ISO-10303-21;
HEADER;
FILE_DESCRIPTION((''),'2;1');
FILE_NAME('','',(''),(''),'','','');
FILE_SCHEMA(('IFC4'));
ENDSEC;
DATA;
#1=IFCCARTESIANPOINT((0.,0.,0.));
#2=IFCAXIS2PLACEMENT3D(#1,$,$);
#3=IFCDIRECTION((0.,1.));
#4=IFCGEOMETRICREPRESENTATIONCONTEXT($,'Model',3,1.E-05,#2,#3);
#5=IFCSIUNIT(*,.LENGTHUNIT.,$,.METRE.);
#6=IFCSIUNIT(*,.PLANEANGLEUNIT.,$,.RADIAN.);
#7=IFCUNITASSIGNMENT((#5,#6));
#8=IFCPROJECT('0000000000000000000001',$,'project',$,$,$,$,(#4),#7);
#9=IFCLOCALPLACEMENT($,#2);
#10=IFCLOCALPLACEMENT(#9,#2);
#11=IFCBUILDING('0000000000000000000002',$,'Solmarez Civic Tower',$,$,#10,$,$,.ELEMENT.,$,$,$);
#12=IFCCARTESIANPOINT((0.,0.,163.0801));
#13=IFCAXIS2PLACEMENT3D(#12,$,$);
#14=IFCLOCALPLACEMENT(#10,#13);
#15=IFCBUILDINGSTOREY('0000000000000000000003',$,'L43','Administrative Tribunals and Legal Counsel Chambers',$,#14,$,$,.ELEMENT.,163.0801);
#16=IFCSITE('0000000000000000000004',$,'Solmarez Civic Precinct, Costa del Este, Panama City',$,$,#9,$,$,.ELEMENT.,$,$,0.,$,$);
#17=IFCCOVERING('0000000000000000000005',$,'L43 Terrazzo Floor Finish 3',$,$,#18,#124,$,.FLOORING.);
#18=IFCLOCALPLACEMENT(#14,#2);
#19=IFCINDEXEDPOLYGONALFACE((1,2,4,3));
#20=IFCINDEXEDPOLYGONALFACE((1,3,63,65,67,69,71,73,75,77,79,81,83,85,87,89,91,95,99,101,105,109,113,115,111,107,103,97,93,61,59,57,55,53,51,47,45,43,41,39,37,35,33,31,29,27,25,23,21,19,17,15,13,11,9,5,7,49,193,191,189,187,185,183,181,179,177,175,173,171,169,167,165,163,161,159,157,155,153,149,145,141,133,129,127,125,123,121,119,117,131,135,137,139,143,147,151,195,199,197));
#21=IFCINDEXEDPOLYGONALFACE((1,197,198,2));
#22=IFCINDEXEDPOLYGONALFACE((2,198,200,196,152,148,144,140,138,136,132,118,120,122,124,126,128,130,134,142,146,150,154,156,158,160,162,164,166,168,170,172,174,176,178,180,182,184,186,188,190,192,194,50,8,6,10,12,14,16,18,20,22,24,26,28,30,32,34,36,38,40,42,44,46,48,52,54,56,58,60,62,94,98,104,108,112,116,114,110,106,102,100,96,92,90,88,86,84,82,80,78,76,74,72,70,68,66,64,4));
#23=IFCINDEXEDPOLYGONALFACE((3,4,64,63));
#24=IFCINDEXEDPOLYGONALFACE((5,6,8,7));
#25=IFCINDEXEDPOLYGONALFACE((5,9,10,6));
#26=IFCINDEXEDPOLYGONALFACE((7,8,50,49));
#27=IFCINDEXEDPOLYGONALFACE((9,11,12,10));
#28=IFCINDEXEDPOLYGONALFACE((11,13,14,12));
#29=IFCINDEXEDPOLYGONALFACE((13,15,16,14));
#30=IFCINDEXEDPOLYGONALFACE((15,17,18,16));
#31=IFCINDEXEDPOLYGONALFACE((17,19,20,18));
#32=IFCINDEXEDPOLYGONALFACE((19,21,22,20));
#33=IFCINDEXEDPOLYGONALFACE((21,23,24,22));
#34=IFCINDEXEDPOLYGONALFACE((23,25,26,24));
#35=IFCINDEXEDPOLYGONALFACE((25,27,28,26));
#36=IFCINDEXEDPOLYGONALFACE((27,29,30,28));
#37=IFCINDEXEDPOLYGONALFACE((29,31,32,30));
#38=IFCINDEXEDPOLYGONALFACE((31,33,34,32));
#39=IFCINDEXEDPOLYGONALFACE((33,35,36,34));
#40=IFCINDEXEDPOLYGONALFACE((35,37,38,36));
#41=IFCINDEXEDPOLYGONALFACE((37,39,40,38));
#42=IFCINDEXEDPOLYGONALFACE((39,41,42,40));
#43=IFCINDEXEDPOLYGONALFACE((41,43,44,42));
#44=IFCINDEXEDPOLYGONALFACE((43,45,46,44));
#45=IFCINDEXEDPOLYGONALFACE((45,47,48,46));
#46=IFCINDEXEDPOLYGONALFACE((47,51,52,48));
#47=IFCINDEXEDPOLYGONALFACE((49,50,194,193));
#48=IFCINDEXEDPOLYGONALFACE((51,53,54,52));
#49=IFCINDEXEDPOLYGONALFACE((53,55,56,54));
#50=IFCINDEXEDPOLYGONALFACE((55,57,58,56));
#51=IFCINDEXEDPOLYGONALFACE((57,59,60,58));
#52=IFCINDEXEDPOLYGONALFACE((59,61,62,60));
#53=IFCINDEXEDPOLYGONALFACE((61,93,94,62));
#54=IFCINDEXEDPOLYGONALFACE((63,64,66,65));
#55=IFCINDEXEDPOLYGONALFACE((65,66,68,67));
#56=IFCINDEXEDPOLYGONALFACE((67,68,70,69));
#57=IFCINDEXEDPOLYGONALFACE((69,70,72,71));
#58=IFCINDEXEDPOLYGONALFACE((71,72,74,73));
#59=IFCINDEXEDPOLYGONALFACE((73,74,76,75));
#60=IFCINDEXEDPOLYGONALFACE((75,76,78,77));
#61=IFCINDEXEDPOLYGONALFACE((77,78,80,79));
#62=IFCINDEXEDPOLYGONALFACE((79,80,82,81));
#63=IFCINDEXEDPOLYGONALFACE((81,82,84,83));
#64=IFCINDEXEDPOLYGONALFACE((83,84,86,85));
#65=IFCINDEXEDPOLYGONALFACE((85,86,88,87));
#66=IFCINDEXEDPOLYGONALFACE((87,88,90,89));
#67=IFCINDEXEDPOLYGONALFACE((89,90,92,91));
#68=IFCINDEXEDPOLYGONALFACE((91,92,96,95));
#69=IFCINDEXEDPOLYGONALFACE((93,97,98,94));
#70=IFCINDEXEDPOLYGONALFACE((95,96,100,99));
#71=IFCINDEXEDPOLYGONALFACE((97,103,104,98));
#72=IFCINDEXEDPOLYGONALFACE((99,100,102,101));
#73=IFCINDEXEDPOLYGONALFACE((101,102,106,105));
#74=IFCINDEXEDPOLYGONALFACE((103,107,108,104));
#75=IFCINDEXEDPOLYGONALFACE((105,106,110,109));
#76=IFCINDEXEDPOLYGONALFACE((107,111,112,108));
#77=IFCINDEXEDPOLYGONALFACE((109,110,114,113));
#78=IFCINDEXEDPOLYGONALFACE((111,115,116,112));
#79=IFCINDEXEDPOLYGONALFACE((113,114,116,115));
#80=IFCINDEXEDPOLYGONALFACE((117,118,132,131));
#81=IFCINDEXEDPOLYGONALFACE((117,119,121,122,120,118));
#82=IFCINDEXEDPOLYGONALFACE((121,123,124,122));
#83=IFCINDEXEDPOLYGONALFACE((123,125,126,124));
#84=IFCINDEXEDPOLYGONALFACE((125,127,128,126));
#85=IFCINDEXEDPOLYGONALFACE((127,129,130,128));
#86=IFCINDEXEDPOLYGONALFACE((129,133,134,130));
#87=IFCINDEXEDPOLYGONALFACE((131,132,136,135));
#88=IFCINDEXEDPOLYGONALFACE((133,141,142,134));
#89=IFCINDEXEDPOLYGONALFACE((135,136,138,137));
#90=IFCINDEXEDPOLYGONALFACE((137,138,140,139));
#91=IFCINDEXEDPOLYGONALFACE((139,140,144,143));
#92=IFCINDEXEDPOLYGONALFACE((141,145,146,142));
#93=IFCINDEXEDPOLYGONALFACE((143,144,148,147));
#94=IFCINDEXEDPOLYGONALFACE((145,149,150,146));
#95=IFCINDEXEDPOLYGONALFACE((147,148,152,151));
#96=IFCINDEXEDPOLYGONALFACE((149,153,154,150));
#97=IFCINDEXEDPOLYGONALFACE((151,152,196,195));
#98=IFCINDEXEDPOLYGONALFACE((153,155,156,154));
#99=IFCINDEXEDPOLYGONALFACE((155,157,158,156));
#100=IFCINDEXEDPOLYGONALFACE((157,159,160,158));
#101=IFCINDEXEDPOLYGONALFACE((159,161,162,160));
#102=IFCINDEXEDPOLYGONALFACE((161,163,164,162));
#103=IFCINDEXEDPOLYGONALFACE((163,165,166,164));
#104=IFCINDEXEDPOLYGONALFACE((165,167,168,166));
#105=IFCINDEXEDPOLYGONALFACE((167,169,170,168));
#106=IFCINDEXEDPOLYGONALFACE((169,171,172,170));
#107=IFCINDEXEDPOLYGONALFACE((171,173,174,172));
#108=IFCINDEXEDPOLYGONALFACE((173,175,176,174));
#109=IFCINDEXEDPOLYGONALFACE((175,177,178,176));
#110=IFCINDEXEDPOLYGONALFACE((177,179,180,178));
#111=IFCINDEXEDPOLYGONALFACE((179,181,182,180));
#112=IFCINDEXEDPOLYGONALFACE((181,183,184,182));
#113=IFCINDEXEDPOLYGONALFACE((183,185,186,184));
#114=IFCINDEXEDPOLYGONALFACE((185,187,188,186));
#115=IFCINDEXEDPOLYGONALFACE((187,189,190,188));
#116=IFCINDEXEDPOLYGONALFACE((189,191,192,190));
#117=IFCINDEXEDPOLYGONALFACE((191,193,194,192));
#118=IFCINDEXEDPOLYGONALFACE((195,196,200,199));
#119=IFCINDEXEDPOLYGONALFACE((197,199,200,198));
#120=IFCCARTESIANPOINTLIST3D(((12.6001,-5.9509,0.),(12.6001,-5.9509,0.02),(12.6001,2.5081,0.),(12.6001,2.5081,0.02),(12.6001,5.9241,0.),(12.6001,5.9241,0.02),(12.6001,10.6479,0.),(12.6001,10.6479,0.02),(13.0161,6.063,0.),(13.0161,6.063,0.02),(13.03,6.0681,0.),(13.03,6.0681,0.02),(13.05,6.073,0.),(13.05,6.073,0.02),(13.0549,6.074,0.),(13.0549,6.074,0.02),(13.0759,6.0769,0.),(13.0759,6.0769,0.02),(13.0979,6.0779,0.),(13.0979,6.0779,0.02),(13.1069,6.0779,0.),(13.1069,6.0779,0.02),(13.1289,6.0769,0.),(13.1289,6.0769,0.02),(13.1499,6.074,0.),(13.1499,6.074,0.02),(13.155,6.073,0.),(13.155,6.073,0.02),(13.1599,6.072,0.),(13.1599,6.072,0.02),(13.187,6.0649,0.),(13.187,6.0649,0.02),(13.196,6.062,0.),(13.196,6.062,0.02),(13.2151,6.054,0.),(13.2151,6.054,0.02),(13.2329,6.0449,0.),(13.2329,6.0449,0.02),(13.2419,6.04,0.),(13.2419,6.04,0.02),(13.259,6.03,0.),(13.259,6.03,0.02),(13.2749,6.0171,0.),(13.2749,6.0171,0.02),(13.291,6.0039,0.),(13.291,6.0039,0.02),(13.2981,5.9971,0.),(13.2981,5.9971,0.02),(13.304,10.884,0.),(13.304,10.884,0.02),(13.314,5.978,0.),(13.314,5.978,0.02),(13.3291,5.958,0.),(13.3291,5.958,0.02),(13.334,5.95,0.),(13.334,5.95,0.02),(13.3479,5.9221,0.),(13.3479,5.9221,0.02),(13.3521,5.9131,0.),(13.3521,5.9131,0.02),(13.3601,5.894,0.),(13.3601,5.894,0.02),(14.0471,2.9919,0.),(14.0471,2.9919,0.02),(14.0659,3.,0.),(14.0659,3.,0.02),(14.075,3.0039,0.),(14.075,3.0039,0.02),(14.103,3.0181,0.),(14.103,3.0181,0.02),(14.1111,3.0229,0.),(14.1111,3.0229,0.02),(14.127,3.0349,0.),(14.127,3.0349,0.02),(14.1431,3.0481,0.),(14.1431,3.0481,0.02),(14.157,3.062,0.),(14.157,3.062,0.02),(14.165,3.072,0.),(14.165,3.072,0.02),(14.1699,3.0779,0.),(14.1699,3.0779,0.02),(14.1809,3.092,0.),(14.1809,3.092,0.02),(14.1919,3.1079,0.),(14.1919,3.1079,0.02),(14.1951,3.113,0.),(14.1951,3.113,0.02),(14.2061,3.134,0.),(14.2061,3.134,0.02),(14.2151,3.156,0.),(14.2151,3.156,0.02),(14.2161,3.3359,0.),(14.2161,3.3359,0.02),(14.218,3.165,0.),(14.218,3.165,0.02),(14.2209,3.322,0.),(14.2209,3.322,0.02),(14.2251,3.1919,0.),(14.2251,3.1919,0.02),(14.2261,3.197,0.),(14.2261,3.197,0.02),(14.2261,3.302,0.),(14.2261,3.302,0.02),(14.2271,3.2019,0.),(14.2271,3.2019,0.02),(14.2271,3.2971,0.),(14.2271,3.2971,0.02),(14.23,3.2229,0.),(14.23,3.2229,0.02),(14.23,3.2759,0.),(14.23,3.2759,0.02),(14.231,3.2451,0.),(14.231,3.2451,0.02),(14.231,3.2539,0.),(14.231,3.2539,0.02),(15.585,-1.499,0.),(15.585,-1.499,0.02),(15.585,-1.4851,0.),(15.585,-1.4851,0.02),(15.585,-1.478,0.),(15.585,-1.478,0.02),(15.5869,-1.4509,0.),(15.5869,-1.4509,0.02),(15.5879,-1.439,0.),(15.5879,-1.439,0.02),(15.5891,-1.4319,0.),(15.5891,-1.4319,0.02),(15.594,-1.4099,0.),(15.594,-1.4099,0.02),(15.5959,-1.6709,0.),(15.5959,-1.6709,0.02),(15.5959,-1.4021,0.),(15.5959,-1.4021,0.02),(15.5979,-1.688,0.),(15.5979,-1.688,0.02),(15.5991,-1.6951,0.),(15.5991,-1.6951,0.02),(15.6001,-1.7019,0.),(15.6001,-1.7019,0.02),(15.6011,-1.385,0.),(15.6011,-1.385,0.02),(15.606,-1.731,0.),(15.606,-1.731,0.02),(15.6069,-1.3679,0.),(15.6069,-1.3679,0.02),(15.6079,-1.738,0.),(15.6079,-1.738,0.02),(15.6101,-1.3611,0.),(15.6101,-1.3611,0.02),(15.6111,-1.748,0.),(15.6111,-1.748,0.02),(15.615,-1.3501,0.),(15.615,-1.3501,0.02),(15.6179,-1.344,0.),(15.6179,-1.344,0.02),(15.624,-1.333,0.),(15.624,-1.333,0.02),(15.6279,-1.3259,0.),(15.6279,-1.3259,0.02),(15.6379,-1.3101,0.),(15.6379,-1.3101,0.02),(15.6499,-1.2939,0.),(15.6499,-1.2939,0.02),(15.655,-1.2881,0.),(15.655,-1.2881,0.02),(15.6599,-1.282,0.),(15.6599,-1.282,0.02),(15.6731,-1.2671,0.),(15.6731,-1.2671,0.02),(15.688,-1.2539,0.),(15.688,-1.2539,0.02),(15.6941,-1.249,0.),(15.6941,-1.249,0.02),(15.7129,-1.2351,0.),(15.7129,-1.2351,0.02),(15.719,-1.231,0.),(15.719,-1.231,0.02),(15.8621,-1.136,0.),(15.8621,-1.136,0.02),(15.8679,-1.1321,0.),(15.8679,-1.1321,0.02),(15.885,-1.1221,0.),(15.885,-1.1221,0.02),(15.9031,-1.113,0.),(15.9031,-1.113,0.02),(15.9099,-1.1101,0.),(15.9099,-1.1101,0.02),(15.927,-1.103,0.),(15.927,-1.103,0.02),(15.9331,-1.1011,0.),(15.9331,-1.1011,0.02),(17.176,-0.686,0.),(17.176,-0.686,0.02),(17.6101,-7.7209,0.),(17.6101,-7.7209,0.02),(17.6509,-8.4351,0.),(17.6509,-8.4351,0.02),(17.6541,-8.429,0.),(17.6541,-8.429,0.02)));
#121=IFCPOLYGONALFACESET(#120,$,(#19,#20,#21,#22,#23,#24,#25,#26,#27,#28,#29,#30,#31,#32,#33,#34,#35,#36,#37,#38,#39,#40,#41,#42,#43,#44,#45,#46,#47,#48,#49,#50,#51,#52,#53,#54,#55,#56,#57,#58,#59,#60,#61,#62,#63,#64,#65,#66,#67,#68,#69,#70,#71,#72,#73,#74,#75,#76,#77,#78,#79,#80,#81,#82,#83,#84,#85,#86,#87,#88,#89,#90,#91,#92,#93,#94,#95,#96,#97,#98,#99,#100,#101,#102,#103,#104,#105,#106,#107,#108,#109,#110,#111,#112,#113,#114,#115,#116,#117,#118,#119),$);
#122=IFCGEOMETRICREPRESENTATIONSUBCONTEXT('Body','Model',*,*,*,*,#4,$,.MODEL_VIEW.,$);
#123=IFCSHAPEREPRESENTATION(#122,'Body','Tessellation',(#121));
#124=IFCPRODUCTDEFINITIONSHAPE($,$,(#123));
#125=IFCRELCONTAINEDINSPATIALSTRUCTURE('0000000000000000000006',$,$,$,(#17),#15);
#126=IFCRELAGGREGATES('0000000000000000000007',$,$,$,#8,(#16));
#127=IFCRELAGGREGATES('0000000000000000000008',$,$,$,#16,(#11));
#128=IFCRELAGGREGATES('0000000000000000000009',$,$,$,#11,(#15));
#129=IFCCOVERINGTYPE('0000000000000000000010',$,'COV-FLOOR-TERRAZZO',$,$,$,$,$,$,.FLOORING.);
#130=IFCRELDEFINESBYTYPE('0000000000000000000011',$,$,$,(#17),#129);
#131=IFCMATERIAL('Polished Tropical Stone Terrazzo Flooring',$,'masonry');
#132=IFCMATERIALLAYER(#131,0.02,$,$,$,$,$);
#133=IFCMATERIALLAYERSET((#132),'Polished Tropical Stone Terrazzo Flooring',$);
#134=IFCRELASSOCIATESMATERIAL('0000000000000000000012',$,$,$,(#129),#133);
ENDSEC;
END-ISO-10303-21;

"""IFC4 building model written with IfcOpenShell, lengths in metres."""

from ifc_helpers import new_model, si_unit, direction, frame, origin, place, context, subcontext, project, spatial, polyline, outline, extrude, material, layer, layer_set, type_object, element, save


model = new_model("IFC4")

# Units and contexts
model_context = context("Model", 3, precision=1e-05, world=origin(), true_north=direction((0.0, 1.0)))
body_context = subcontext(model_context, "Body", "Model", "MODEL_VIEW")
ifc_project = project(units=[si_unit("LENGTHUNIT", "METRE"), si_unit("PLANEANGLEUNIT", "RADIAN")], contexts=[model_context])

# Site, building, storey
site_placement = place(None, origin())
site = spatial("IfcSite", under=ifc_project, at=site_placement, Name="Solmarez Civic Precinct, Costa del Este, Panama City", CompositionType="ELEMENT", RefElevation=0.0)
building_placement = place(site_placement, origin())
building = spatial("IfcBuilding", under=site, at=building_placement, Name="Solmarez Civic Tower", CompositionType="ELEMENT")
storey_placement = place(building_placement, frame((0.0, 0.0, 163.0801)))
storey = spatial("IfcBuildingStorey", under=building, at=storey_placement, Name="L43", Description="Administrative Tribunals and Legal Counsel Chambers", CompositionType="ELEMENT", Elevation=163.0801)

# Covering
ifc_material_1 = material(Name="Polished Tropical Stone Terrazzo Flooring", Category="masonry")
ifc_layer_1 = layer(ifc_material_1, 0.02)
ifc_layer_set_1 = layer_set([ifc_layer_1], Name="Polished Tropical Stone Terrazzo Flooring")
covering_type_1 = type_object("IfcCoveringType", Name="COV-FLOOR-TERRAZZO", PredefinedType="FLOORING", material=ifc_layer_set_1)
covering_1_placement = place(storey_placement, origin())
element("IfcCovering", 1, at=covering_1_placement, inside=storey, type_object=covering_type_1, Name="L43 Terrazzo Floor Finish 3", PredefinedType="FLOORING", context=body_context, shape_type="SweptSolid", body=[
    extrude(outline(polyline([(12.6001, 10.6479), (12.6001, 5.9241), (13.0161, 6.063), (13.03, 6.0681), (13.05, 6.073), (13.0549, 6.074), (13.0759, 6.0769), (13.0979, 6.0779), (13.1069, 6.0779), (13.1289, 6.0769), (13.1499, 6.074), (13.155, 6.073), (13.1599, 6.072), (13.187, 6.0649), (13.196, 6.062), (13.2151, 6.054), (13.2329, 6.0449), (13.2419, 6.04), (13.259, 6.03), (13.2749, 6.0171), (13.291, 6.0039), (13.2981, 5.9971), (13.314, 5.978), (13.3291, 5.958), (13.334, 5.95), (13.3479, 5.9221), (13.3521, 5.9131), (13.3601, 5.894), (14.2161, 3.3359), (14.2209, 3.322), (14.2261, 3.302), (14.2271, 3.2971), (14.23, 3.2759), (14.231, 3.2539), (14.231, 3.2451), (14.23, 3.2229), (14.2271, 3.2019), (14.2261, 3.197), (14.2251, 3.1919), (14.218, 3.165), (14.2151, 3.156), (14.2061, 3.134), (14.1951, 3.113), (14.1919, 3.1079), (14.1809, 3.092), (14.1699, 3.0779), (14.165, 3.072), (14.157, 3.062), (14.1431, 3.0481), (14.127, 3.0349), (14.1111, 3.0229), (14.103, 3.0181), (14.075, 3.0039), (14.0659, 3.0), (14.0471, 2.9919), (12.6001, 2.5081), (12.6001, -5.9509), (17.6509, -8.4351), (17.6541, -8.429), (17.6101, -7.7209), (15.6111, -1.748), (15.6079, -1.738), (15.606, -1.731), (15.6001, -1.7019), (15.5991, -1.6951), (15.5979, -1.688), (15.5959, -1.6709), (15.585, -1.499), (15.585, -1.4851), (15.585, -1.478), (15.5869, -1.4509), (15.5879, -1.439), (15.5891, -1.4319), (15.594, -1.4099), (15.5959, -1.4021), (15.6011, -1.385), (15.6069, -1.3679), (15.6101, -1.3611), (15.615, -1.3501), (15.6179, -1.344), (15.624, -1.333), (15.6279, -1.3259), (15.6379, -1.3101), (15.6499, -1.2939), (15.655, -1.2881), (15.6599, -1.282), (15.6731, -1.2671), (15.688, -1.2539), (15.6941, -1.249), (15.7129, -1.2351), (15.719, -1.231), (15.8621, -1.136), (15.8679, -1.1321), (15.885, -1.1221), (15.9031, -1.113), (15.9099, -1.1101), (15.927, -1.103), (15.9331, -1.1011), (17.176, -0.686), (13.304, 10.884), (12.6001, 10.6479)])), origin(), (0.0, 0.0, 1.0), 0.02),
])

save(model, "model.ifc")
